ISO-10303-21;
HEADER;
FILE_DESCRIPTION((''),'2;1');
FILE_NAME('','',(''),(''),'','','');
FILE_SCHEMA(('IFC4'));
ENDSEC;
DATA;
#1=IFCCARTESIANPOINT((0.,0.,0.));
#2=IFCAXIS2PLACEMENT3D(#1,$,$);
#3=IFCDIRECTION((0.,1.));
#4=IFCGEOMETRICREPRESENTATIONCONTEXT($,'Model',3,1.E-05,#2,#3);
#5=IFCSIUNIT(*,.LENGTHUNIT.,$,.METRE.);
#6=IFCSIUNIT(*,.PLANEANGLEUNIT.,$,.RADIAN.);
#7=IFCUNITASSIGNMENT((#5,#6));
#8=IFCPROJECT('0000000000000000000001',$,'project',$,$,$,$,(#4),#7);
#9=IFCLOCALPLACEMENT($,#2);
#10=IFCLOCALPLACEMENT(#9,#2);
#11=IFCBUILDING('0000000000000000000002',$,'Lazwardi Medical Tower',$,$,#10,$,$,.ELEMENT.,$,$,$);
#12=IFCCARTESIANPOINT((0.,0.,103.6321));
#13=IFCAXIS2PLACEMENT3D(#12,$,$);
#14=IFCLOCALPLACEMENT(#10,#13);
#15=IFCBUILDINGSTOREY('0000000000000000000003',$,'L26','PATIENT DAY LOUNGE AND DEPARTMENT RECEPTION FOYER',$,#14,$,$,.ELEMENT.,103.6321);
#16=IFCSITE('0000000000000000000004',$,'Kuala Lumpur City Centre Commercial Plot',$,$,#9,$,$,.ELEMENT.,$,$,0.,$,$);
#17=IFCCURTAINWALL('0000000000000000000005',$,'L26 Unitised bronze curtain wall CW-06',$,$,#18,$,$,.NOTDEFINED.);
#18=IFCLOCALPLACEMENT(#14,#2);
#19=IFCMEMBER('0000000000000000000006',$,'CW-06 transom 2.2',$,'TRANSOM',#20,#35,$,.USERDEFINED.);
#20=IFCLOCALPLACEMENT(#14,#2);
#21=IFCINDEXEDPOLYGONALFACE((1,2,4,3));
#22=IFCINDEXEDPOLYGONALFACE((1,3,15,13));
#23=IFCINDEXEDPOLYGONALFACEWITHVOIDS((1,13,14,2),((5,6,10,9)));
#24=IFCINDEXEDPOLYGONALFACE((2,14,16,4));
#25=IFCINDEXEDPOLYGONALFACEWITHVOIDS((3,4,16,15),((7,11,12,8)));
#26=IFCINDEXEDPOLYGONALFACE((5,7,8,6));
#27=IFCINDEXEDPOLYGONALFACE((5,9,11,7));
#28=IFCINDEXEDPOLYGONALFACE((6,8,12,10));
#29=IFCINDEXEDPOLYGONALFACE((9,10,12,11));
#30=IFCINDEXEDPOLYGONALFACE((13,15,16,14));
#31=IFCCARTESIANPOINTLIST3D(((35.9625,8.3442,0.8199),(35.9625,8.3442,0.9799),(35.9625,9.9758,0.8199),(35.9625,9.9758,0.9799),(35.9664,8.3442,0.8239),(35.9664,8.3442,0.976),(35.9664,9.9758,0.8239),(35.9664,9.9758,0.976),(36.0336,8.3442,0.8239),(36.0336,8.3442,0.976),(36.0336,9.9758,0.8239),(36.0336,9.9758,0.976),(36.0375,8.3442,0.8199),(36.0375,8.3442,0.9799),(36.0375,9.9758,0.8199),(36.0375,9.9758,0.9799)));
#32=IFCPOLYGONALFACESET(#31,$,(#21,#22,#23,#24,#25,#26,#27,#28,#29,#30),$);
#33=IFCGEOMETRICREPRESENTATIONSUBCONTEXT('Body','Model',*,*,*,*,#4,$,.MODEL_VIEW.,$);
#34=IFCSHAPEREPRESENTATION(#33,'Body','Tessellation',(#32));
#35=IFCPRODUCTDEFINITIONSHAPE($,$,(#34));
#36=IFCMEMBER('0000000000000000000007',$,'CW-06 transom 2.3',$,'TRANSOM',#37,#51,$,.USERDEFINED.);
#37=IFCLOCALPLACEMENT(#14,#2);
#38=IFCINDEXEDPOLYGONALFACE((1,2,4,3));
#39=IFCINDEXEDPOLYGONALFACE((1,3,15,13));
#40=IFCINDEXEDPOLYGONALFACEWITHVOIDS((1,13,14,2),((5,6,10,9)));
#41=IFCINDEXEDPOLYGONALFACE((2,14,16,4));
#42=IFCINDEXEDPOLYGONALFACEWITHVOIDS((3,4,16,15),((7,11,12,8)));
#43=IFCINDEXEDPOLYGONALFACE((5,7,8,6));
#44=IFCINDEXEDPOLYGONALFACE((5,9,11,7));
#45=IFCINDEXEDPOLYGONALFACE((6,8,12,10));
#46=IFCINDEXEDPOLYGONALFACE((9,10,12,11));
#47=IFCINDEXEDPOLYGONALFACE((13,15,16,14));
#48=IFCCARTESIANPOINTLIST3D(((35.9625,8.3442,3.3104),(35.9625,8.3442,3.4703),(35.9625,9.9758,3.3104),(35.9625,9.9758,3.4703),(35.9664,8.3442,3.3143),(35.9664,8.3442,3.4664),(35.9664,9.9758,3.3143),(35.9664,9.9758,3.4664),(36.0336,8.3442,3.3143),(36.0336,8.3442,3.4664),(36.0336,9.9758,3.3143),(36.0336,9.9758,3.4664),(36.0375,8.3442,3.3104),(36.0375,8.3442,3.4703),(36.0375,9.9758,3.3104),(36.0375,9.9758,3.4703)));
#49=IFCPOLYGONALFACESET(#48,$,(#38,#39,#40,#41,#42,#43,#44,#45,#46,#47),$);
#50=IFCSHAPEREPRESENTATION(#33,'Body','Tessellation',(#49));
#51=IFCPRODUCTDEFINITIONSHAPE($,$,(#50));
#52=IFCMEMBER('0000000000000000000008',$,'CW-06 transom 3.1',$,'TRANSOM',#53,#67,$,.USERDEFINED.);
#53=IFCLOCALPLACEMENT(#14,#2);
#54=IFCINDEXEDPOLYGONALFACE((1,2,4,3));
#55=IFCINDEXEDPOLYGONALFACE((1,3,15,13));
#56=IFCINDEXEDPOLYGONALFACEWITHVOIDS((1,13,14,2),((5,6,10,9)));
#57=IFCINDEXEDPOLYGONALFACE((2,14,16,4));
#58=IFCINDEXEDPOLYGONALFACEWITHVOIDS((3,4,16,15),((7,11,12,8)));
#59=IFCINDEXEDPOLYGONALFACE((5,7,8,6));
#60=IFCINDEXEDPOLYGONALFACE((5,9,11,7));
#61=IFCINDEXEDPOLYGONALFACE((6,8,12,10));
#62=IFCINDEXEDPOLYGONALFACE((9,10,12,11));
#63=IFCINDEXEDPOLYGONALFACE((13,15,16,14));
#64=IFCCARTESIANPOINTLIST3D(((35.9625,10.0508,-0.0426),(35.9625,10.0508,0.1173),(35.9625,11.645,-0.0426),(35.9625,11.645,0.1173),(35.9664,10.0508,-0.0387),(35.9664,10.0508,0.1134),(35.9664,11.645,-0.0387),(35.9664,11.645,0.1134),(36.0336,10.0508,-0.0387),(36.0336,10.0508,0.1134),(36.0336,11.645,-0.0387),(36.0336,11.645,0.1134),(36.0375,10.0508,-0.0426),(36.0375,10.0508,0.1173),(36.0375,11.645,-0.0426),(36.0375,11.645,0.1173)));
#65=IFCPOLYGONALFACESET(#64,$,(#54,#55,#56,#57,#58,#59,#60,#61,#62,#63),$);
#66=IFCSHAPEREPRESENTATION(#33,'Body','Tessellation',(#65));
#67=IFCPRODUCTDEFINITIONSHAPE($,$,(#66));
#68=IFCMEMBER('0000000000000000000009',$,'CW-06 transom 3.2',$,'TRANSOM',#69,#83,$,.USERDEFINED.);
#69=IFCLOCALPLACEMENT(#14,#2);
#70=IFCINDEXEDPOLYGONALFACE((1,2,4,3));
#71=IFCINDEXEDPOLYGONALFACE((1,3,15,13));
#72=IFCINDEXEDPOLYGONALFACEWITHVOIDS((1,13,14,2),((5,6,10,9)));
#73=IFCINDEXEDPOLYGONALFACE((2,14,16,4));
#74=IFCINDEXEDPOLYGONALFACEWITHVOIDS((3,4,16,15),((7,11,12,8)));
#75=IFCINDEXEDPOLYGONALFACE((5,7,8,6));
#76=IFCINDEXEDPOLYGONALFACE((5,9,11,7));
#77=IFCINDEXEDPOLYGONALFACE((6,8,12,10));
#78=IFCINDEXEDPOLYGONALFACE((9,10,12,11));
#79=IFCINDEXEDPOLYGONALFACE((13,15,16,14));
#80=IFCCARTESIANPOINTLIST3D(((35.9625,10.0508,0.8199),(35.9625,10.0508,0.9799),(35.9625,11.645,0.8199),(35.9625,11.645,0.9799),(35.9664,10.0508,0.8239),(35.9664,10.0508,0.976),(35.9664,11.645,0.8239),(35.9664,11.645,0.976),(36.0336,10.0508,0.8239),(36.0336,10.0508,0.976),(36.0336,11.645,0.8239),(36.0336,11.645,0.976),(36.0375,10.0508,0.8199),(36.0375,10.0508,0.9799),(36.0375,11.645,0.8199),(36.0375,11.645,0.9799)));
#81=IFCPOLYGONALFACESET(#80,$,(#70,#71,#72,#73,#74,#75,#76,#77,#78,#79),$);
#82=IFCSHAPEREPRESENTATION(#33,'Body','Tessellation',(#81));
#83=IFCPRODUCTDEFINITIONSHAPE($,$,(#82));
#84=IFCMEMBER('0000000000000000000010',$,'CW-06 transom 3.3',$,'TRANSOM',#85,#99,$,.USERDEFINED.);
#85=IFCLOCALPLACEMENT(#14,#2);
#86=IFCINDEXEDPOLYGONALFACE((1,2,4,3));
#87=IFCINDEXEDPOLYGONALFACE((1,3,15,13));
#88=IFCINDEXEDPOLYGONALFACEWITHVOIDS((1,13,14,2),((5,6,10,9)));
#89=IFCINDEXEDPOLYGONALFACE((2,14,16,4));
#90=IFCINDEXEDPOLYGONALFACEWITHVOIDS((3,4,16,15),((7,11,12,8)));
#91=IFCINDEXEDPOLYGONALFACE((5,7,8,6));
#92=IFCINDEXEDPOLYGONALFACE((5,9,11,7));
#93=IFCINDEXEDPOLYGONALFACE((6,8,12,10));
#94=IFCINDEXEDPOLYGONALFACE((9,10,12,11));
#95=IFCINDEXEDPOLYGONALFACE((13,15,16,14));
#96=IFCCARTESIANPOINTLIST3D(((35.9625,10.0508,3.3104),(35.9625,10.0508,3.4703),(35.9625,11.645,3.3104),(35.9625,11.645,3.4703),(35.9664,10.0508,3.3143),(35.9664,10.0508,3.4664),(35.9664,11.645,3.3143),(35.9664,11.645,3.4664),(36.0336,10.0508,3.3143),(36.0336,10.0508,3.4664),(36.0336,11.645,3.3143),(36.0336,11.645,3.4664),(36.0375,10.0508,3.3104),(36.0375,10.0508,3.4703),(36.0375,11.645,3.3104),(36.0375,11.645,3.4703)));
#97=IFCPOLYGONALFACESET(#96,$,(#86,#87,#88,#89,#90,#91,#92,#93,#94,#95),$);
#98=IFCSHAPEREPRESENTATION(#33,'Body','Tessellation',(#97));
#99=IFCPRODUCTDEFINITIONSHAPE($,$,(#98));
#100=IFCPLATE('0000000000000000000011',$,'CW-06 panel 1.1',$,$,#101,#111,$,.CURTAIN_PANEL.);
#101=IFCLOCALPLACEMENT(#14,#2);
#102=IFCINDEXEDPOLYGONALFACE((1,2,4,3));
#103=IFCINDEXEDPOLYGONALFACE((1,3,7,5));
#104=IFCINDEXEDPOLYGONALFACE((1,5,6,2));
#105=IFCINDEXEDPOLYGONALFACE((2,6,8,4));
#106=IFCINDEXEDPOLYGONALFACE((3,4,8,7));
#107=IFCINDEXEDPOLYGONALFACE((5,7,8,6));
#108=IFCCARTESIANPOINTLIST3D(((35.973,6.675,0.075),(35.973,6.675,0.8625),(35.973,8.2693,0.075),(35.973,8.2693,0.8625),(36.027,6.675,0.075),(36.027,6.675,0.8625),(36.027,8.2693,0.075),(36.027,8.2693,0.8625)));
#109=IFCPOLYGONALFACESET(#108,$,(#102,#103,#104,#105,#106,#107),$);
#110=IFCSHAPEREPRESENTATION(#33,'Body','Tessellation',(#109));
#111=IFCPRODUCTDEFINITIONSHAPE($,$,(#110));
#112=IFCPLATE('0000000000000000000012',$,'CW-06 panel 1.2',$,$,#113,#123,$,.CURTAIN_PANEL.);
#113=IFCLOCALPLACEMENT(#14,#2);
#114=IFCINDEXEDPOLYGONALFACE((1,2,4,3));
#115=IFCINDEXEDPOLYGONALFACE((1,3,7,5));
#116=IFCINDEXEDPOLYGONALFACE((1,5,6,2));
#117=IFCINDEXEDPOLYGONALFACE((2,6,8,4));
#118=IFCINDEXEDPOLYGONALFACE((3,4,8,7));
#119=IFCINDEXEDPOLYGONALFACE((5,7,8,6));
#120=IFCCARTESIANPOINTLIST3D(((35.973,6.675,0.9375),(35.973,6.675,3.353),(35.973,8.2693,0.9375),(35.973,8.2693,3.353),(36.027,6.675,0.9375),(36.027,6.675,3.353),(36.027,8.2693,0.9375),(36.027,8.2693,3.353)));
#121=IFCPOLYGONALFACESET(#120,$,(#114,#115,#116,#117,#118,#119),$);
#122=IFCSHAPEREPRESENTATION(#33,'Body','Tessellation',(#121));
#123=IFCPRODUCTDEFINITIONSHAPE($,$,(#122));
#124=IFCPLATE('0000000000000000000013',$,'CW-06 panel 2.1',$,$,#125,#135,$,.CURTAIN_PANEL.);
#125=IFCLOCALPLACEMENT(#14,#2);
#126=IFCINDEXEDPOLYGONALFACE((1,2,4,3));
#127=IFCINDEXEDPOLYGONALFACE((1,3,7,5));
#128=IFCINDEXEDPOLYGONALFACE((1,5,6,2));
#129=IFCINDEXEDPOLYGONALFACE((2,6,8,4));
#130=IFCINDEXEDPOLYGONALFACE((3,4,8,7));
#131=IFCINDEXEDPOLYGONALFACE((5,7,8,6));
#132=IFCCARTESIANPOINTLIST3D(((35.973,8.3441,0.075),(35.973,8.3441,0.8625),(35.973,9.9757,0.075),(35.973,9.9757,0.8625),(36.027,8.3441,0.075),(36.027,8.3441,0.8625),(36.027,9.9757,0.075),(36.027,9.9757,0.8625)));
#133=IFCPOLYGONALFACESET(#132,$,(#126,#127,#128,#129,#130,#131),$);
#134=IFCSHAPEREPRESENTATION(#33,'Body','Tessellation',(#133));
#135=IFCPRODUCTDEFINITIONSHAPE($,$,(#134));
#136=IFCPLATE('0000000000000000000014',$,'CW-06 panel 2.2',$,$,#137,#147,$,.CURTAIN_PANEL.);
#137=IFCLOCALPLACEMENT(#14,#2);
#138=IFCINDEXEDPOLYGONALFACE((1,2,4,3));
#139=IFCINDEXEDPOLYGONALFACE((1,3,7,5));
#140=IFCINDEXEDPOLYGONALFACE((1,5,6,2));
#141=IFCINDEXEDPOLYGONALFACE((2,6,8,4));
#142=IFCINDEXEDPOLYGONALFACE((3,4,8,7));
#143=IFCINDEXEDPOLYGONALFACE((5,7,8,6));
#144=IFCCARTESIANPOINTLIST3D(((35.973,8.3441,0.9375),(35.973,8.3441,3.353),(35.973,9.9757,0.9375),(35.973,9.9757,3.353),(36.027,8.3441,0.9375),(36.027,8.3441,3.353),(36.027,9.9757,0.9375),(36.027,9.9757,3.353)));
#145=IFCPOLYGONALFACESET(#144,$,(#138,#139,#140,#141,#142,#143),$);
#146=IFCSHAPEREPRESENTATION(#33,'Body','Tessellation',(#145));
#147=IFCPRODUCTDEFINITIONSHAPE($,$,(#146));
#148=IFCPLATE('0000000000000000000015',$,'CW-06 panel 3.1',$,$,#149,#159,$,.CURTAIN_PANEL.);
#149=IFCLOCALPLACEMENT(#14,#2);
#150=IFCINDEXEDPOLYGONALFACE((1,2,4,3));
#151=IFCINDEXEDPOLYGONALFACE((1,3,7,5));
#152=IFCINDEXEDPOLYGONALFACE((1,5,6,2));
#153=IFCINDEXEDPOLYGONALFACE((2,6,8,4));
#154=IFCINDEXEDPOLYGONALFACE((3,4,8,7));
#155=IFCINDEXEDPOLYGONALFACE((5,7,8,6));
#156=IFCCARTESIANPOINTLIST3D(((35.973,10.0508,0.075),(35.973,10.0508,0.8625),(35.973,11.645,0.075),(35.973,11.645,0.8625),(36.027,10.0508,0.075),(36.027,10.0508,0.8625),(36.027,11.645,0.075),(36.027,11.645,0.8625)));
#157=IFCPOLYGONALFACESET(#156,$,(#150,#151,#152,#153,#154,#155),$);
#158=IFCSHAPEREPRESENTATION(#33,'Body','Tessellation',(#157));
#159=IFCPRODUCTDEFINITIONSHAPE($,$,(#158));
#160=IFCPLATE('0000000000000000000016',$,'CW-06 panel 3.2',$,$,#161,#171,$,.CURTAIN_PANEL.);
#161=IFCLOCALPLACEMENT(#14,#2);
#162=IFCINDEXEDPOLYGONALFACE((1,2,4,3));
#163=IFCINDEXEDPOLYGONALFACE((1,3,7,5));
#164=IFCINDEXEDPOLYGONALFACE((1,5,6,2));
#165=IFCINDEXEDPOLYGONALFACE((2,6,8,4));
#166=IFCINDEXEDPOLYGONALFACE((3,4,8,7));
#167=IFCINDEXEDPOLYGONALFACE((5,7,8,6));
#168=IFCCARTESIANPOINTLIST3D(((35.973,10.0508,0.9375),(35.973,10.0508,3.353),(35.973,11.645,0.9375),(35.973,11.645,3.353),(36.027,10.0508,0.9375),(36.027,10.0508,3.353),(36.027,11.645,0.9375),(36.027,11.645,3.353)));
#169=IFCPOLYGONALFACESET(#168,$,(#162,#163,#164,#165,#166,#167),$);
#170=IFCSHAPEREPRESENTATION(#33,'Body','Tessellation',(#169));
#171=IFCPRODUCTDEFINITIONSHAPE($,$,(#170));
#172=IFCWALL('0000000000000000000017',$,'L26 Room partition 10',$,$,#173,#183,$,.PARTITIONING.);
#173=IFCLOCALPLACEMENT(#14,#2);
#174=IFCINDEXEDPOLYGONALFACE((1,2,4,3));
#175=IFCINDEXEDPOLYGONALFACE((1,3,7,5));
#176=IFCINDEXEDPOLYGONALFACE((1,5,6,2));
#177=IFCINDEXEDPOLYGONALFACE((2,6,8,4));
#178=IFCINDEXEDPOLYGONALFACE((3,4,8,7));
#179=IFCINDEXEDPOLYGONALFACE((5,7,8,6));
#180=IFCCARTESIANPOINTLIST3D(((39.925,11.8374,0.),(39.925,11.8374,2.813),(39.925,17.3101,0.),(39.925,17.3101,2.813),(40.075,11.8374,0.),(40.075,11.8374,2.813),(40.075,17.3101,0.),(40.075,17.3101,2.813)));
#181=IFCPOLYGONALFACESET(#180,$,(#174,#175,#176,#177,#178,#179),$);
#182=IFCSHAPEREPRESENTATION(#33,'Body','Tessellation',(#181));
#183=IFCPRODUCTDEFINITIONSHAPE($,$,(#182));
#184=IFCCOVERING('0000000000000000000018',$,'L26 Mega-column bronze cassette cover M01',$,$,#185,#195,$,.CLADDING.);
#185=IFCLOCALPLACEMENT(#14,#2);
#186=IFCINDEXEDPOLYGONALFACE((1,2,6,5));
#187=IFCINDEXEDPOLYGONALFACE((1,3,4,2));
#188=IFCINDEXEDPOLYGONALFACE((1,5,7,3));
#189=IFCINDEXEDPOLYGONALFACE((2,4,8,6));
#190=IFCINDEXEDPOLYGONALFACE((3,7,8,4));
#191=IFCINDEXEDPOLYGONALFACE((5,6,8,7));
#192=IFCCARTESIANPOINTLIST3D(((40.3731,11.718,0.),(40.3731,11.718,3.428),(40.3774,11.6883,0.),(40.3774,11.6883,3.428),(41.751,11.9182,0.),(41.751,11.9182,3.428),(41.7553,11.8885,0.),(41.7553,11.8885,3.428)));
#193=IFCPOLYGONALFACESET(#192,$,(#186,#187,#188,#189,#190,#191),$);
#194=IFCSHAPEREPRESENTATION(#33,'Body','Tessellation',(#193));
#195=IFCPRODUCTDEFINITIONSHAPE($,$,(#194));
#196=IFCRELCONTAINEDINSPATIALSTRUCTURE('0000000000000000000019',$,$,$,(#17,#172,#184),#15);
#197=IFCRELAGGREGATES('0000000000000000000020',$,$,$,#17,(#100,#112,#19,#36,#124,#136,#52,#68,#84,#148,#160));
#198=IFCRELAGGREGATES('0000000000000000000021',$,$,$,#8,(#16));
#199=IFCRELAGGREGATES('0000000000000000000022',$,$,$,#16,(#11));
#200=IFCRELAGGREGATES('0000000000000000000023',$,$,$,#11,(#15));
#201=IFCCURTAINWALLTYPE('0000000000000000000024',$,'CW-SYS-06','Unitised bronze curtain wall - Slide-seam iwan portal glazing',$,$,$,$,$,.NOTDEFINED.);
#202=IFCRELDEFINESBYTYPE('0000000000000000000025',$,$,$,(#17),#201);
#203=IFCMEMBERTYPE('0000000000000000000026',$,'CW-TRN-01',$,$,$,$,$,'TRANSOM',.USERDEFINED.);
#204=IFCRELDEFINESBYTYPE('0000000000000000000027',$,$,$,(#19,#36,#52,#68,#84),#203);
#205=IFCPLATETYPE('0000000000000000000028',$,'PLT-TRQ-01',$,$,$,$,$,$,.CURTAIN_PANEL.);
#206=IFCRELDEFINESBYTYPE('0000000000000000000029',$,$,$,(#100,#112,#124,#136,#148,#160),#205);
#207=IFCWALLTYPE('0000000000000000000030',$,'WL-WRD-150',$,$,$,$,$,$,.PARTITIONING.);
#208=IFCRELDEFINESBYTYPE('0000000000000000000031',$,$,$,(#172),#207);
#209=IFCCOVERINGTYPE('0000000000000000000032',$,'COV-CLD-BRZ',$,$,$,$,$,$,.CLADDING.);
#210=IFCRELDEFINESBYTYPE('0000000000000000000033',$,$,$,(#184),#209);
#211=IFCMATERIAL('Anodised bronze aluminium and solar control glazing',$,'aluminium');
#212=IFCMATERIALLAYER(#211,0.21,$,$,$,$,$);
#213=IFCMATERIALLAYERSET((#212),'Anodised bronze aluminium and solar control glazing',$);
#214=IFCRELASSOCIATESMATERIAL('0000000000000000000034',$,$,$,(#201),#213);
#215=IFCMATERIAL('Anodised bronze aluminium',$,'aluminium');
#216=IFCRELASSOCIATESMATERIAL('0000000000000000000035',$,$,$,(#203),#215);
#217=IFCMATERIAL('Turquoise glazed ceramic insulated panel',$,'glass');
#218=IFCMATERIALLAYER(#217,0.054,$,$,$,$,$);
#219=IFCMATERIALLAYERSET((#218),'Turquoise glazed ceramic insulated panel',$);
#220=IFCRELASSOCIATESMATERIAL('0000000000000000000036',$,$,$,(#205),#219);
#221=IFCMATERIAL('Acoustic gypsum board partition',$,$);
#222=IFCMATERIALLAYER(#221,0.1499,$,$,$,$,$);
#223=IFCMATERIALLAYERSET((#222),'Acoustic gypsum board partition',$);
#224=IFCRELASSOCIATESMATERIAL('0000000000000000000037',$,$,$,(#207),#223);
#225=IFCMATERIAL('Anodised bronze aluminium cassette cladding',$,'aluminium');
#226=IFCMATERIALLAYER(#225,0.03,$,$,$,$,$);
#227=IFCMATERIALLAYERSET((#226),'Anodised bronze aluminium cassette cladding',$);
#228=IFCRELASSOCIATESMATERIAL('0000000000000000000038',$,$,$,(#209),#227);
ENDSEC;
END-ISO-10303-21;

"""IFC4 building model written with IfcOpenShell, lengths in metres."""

from ifc_helpers import new_model, si_unit, direction, frame, frame_2d, origin, origin_2d, place, context, subcontext, project, spatial, rectangle, hollow_rectangle, extrude, material, layer, layer_set, material_profile, profile_set, type_object, element, aggregate, save


model = new_model("IFC4")

# Units and contexts
model_context = context("Model", 3, precision=1e-05, world=origin(), true_north=direction((0.0, 1.0)))
body_context = subcontext(model_context, "Body", "Model", "MODEL_VIEW")
ifc_project = project(units=[si_unit("LENGTHUNIT", "METRE"), si_unit("PLANEANGLEUNIT", "RADIAN")], contexts=[model_context])

# Site, building, storey
site_placement = place(None, origin())
site = spatial("IfcSite", under=ifc_project, at=site_placement, Name="Kuala Lumpur City Centre Commercial Plot", CompositionType="ELEMENT", RefElevation=0.0)
building_placement = place(site_placement, origin())
building = spatial("IfcBuilding", under=site, at=building_placement, Name="Lazwardi Medical Tower", CompositionType="ELEMENT")
storey_placement = place(building_placement, frame((0.0, 0.0, 103.6321)))
storey = spatial("IfcBuildingStorey", under=building, at=storey_placement, Name="L26", Description="PATIENT DAY LOUNGE AND DEPARTMENT RECEPTION FOYER", CompositionType="ELEMENT", Elevation=103.6321)

# Shared definitions
ifc_material_1 = material(Name="Anodised bronze aluminium and solar control glazing", Category="aluminium")
ifc_material_2 = material(Name="Anodised bronze aluminium", Category="aluminium")

# Curtain wall
ifc_layer_1 = layer(ifc_material_1, 0.21)
ifc_layer_set_1 = layer_set([ifc_layer_1], Name="Anodised bronze aluminium and solar control glazing")
curtain_wall_type_1 = type_object("IfcCurtainWallType", Name="CW-SYS-06", Description="Unitised bronze curtain wall - Slide-seam iwan portal glazing", PredefinedType="NOTDEFINED", material=ifc_layer_set_1)
curtain_wall_1_placement = place(storey_placement, origin())
curtain_wall_1 = element("IfcCurtainWall", 1, at=curtain_wall_1_placement, inside=storey, type_object=curtain_wall_type_1, Name="L26 Unitised bronze curtain wall CW-06", PredefinedType="NOTDEFINED")

# Members
ifc_material_profile_1 = material_profile(ifc_material_2, hollow_rectangle(XDim=0.075, YDim=0.1599, WallThickness=0.0039, at=origin_2d()), Name="ALU-TRANSOM 160x75x4")
ifc_profile_set_1 = profile_set([ifc_material_profile_1], Name="Anodised bronze aluminium")
member_type_1 = type_object("IfcMemberType", Name="CW-TRN-01", ElementType="TRANSOM", PredefinedType="USERDEFINED", material=ifc_profile_set_1)
member_1_placement = place(storey_placement, frame((36.0, 8.3442, 0.8999), z_axis=(0.0, 1.0, 0.0), x_axis=(-1.0, 0.0, 0.0)))
member_1 = element("IfcMember", 2, at=member_1_placement, type_object=member_type_1, Name="CW-06 transom 2.2", ObjectType="TRANSOM", PredefinedType="USERDEFINED", context=body_context, shape_type="SweptSolid", body=[
    extrude(hollow_rectangle(XDim=0.075, YDim=0.1599, WallThickness=0.0039, at=origin_2d()), origin(), (0.0, 0.0, 1.0), 1.6316),
])
member_2_placement = place(storey_placement, frame((36.0, 8.3442, 3.3904), z_axis=(0.0, 1.0, 0.0), x_axis=(-1.0, 0.0, 0.0)))
member_2 = element("IfcMember", 3, at=member_2_placement, type_object=member_type_1, Name="CW-06 transom 2.3", ObjectType="TRANSOM", PredefinedType="USERDEFINED", context=body_context, shape_type="SweptSolid", body=[
    extrude(hollow_rectangle(XDim=0.075, YDim=0.1599, WallThickness=0.0039, at=origin_2d()), origin(), (0.0, 0.0, 1.0), 1.6316),
])
member_3_placement = place(storey_placement, frame((36.0, 10.0508, 0.0374), z_axis=(0.0, 1.0, 0.0), x_axis=(-1.0, 0.0, 0.0)))
member_3 = element("IfcMember", 4, at=member_3_placement, type_object=member_type_1, Name="CW-06 transom 3.1", ObjectType="TRANSOM", PredefinedType="USERDEFINED", context=body_context, shape_type="SweptSolid", body=[
    extrude(hollow_rectangle(XDim=0.075, YDim=0.1599, WallThickness=0.0039, at=origin_2d()), origin(), (0.0, 0.0, 1.0), 1.5942),
])
member_4_placement = place(storey_placement, frame((36.0, 10.0508, 0.8999), z_axis=(0.0, 1.0, 0.0), x_axis=(-1.0, 0.0, 0.0)))
member_4 = element("IfcMember", 5, at=member_4_placement, type_object=member_type_1, Name="CW-06 transom 3.2", ObjectType="TRANSOM", PredefinedType="USERDEFINED", context=body_context, shape_type="SweptSolid", body=[
    extrude(hollow_rectangle(XDim=0.075, YDim=0.1599, WallThickness=0.0039, at=origin_2d()), origin(), (0.0, 0.0, 1.0), 1.5942),
])
member_5_placement = place(storey_placement, frame((36.0, 10.0508, 3.3904), z_axis=(0.0, 1.0, 0.0), x_axis=(-1.0, 0.0, 0.0)))
member_5 = element("IfcMember", 6, at=member_5_placement, type_object=member_type_1, Name="CW-06 transom 3.3", ObjectType="TRANSOM", PredefinedType="USERDEFINED", context=body_context, shape_type="SweptSolid", body=[
    extrude(hollow_rectangle(XDim=0.075, YDim=0.1599, WallThickness=0.0039, at=origin_2d()), origin(), (0.0, 0.0, 1.0), 1.5942),
])

# Plates
ifc_material_3 = material(Name="Turquoise glazed ceramic insulated panel", Category="glass")
ifc_layer_2 = layer(ifc_material_3, 0.054)
ifc_layer_set_2 = layer_set([ifc_layer_2], Name="Turquoise glazed ceramic insulated panel")
plate_type = type_object("IfcPlateType", Name="PLT-TRQ-01", PredefinedType="CURTAIN_PANEL", material=ifc_layer_set_2)
plate_1_placement = place(storey_placement, frame((36.0, 7.4722, 0.075), z_axis=(0.0, 0.0, 1.0), x_axis=(0.0, 1.0, 0.0)))
plate_1 = element("IfcPlate", 7, at=plate_1_placement, type_object=plate_type, Name="CW-06 panel 1.1", PredefinedType="CURTAIN_PANEL", context=body_context, shape_type="SweptSolid", body=[
    extrude(rectangle(XDim=1.5942, YDim=0.054, at=origin_2d()), origin(), (0.0, 0.0, 1.0), 0.7876),
])
plate_2_placement = place(storey_placement, frame((36.0, 7.4722, 0.9375), z_axis=(0.0, 0.0, 1.0), x_axis=(0.0, 1.0, 0.0)))
plate_2 = element("IfcPlate", 8, at=plate_2_placement, type_object=plate_type, Name="CW-06 panel 1.2", PredefinedType="CURTAIN_PANEL", context=body_context, shape_type="SweptSolid", body=[
    extrude(rectangle(XDim=1.5942, YDim=0.054, at=origin_2d()), origin(), (0.0, 0.0, 1.0), 2.4155),
])
plate_3_placement = place(storey_placement, frame((36.0, 9.1599, 0.075), z_axis=(0.0, 0.0, 1.0), x_axis=(0.0, 1.0, 0.0)))
plate_3 = element("IfcPlate", 9, at=plate_3_placement, type_object=plate_type, Name="CW-06 panel 2.1", PredefinedType="CURTAIN_PANEL", context=body_context, shape_type="SweptSolid", body=[
    extrude(rectangle(XDim=1.6316, YDim=0.054, at=origin_2d()), origin(), (0.0, 0.0, 1.0), 0.7876),
])
plate_4_placement = place(storey_placement, frame((36.0, 9.1599, 0.9375), z_axis=(0.0, 0.0, 1.0), x_axis=(0.0, 1.0, 0.0)))
plate_4 = element("IfcPlate", 10, at=plate_4_placement, type_object=plate_type, Name="CW-06 panel 2.2", PredefinedType="CURTAIN_PANEL", context=body_context, shape_type="SweptSolid", body=[
    extrude(rectangle(XDim=1.6316, YDim=0.054, at=origin_2d()), origin(), (0.0, 0.0, 1.0), 2.4155),
])
plate_5_placement = place(storey_placement, frame((36.0, 10.8479, 0.075), z_axis=(0.0, 0.0, 1.0), x_axis=(0.0, 1.0, 0.0)))
plate_5 = element("IfcPlate", 11, at=plate_5_placement, type_object=plate_type, Name="CW-06 panel 3.1", PredefinedType="CURTAIN_PANEL", context=body_context, shape_type="SweptSolid", body=[
    extrude(rectangle(XDim=1.5942, YDim=0.054, at=origin_2d()), origin(), (0.0, 0.0, 1.0), 0.7876),
])
plate_6_placement = place(storey_placement, frame((36.0, 10.8479, 0.9375), z_axis=(0.0, 0.0, 1.0), x_axis=(0.0, 1.0, 0.0)))
plate_6 = element("IfcPlate", 12, at=plate_6_placement, type_object=plate_type, Name="CW-06 panel 3.2", PredefinedType="CURTAIN_PANEL", context=body_context, shape_type="SweptSolid", body=[
    extrude(rectangle(XDim=1.5942, YDim=0.054, at=origin_2d()), origin(), (0.0, 0.0, 1.0), 2.4155),
])
aggregate(curtain_wall_1, [plate_1, plate_2, member_1, member_2, plate_3, plate_4, member_3, member_4, member_5, plate_5, plate_6])

# Wall
ifc_material_4 = material(Name="Acoustic gypsum board partition")
ifc_layer_3 = layer(ifc_material_4, 0.1499)
ifc_layer_set_3 = layer_set([ifc_layer_3], Name="Acoustic gypsum board partition")
wall_type = type_object("IfcWallType", Name="WL-WRD-150", PredefinedType="PARTITIONING", material=ifc_layer_set_3)
wall_placement = place(storey_placement, frame((40.0, 11.8374, 0.0), z_axis=(0.0, 0.0, 1.0), x_axis=(0.0, 1.0, 0.0)))
element("IfcWall", 13, at=wall_placement, inside=storey, type_object=wall_type, Name="L26 Room partition 10", PredefinedType="PARTITIONING", context=body_context, shape_type="SweptSolid", body=[
    extrude(rectangle(XDim=5.4727, YDim=0.1499, at=frame_2d((2.7363, 0.0))), origin(), (0.0, 0.0, 1.0), 2.813),
])

# Covering
ifc_material_5 = material(Name="Anodised bronze aluminium cassette cladding", Category="aluminium")
ifc_layer_4 = layer(ifc_material_5, 0.03)
ifc_layer_set_4 = layer_set([ifc_layer_4], Name="Anodised bronze aluminium cassette cladding")
covering_type_1 = type_object("IfcCoveringType", Name="COV-CLD-BRZ", PredefinedType="CLADDING", material=ifc_layer_set_4)
covering_1_placement = place(storey_placement, frame((41.0642, 11.8032, 0.0), z_axis=(0.0, 0.0, 1.0), x_axis=(0.989609, 0.143785, 0.0)))
element("IfcCovering", 14, at=covering_1_placement, inside=storey, type_object=covering_type_1, Name="L26 Mega-column bronze cassette cover M01", PredefinedType="CLADDING", context=body_context, shape_type="SweptSolid", body=[
    extrude(rectangle(XDim=1.3923, YDim=0.03, at=origin_2d()), origin(), (0.0, 0.0, 1.0), 3.428),
])

save(model, "model.ifc")
